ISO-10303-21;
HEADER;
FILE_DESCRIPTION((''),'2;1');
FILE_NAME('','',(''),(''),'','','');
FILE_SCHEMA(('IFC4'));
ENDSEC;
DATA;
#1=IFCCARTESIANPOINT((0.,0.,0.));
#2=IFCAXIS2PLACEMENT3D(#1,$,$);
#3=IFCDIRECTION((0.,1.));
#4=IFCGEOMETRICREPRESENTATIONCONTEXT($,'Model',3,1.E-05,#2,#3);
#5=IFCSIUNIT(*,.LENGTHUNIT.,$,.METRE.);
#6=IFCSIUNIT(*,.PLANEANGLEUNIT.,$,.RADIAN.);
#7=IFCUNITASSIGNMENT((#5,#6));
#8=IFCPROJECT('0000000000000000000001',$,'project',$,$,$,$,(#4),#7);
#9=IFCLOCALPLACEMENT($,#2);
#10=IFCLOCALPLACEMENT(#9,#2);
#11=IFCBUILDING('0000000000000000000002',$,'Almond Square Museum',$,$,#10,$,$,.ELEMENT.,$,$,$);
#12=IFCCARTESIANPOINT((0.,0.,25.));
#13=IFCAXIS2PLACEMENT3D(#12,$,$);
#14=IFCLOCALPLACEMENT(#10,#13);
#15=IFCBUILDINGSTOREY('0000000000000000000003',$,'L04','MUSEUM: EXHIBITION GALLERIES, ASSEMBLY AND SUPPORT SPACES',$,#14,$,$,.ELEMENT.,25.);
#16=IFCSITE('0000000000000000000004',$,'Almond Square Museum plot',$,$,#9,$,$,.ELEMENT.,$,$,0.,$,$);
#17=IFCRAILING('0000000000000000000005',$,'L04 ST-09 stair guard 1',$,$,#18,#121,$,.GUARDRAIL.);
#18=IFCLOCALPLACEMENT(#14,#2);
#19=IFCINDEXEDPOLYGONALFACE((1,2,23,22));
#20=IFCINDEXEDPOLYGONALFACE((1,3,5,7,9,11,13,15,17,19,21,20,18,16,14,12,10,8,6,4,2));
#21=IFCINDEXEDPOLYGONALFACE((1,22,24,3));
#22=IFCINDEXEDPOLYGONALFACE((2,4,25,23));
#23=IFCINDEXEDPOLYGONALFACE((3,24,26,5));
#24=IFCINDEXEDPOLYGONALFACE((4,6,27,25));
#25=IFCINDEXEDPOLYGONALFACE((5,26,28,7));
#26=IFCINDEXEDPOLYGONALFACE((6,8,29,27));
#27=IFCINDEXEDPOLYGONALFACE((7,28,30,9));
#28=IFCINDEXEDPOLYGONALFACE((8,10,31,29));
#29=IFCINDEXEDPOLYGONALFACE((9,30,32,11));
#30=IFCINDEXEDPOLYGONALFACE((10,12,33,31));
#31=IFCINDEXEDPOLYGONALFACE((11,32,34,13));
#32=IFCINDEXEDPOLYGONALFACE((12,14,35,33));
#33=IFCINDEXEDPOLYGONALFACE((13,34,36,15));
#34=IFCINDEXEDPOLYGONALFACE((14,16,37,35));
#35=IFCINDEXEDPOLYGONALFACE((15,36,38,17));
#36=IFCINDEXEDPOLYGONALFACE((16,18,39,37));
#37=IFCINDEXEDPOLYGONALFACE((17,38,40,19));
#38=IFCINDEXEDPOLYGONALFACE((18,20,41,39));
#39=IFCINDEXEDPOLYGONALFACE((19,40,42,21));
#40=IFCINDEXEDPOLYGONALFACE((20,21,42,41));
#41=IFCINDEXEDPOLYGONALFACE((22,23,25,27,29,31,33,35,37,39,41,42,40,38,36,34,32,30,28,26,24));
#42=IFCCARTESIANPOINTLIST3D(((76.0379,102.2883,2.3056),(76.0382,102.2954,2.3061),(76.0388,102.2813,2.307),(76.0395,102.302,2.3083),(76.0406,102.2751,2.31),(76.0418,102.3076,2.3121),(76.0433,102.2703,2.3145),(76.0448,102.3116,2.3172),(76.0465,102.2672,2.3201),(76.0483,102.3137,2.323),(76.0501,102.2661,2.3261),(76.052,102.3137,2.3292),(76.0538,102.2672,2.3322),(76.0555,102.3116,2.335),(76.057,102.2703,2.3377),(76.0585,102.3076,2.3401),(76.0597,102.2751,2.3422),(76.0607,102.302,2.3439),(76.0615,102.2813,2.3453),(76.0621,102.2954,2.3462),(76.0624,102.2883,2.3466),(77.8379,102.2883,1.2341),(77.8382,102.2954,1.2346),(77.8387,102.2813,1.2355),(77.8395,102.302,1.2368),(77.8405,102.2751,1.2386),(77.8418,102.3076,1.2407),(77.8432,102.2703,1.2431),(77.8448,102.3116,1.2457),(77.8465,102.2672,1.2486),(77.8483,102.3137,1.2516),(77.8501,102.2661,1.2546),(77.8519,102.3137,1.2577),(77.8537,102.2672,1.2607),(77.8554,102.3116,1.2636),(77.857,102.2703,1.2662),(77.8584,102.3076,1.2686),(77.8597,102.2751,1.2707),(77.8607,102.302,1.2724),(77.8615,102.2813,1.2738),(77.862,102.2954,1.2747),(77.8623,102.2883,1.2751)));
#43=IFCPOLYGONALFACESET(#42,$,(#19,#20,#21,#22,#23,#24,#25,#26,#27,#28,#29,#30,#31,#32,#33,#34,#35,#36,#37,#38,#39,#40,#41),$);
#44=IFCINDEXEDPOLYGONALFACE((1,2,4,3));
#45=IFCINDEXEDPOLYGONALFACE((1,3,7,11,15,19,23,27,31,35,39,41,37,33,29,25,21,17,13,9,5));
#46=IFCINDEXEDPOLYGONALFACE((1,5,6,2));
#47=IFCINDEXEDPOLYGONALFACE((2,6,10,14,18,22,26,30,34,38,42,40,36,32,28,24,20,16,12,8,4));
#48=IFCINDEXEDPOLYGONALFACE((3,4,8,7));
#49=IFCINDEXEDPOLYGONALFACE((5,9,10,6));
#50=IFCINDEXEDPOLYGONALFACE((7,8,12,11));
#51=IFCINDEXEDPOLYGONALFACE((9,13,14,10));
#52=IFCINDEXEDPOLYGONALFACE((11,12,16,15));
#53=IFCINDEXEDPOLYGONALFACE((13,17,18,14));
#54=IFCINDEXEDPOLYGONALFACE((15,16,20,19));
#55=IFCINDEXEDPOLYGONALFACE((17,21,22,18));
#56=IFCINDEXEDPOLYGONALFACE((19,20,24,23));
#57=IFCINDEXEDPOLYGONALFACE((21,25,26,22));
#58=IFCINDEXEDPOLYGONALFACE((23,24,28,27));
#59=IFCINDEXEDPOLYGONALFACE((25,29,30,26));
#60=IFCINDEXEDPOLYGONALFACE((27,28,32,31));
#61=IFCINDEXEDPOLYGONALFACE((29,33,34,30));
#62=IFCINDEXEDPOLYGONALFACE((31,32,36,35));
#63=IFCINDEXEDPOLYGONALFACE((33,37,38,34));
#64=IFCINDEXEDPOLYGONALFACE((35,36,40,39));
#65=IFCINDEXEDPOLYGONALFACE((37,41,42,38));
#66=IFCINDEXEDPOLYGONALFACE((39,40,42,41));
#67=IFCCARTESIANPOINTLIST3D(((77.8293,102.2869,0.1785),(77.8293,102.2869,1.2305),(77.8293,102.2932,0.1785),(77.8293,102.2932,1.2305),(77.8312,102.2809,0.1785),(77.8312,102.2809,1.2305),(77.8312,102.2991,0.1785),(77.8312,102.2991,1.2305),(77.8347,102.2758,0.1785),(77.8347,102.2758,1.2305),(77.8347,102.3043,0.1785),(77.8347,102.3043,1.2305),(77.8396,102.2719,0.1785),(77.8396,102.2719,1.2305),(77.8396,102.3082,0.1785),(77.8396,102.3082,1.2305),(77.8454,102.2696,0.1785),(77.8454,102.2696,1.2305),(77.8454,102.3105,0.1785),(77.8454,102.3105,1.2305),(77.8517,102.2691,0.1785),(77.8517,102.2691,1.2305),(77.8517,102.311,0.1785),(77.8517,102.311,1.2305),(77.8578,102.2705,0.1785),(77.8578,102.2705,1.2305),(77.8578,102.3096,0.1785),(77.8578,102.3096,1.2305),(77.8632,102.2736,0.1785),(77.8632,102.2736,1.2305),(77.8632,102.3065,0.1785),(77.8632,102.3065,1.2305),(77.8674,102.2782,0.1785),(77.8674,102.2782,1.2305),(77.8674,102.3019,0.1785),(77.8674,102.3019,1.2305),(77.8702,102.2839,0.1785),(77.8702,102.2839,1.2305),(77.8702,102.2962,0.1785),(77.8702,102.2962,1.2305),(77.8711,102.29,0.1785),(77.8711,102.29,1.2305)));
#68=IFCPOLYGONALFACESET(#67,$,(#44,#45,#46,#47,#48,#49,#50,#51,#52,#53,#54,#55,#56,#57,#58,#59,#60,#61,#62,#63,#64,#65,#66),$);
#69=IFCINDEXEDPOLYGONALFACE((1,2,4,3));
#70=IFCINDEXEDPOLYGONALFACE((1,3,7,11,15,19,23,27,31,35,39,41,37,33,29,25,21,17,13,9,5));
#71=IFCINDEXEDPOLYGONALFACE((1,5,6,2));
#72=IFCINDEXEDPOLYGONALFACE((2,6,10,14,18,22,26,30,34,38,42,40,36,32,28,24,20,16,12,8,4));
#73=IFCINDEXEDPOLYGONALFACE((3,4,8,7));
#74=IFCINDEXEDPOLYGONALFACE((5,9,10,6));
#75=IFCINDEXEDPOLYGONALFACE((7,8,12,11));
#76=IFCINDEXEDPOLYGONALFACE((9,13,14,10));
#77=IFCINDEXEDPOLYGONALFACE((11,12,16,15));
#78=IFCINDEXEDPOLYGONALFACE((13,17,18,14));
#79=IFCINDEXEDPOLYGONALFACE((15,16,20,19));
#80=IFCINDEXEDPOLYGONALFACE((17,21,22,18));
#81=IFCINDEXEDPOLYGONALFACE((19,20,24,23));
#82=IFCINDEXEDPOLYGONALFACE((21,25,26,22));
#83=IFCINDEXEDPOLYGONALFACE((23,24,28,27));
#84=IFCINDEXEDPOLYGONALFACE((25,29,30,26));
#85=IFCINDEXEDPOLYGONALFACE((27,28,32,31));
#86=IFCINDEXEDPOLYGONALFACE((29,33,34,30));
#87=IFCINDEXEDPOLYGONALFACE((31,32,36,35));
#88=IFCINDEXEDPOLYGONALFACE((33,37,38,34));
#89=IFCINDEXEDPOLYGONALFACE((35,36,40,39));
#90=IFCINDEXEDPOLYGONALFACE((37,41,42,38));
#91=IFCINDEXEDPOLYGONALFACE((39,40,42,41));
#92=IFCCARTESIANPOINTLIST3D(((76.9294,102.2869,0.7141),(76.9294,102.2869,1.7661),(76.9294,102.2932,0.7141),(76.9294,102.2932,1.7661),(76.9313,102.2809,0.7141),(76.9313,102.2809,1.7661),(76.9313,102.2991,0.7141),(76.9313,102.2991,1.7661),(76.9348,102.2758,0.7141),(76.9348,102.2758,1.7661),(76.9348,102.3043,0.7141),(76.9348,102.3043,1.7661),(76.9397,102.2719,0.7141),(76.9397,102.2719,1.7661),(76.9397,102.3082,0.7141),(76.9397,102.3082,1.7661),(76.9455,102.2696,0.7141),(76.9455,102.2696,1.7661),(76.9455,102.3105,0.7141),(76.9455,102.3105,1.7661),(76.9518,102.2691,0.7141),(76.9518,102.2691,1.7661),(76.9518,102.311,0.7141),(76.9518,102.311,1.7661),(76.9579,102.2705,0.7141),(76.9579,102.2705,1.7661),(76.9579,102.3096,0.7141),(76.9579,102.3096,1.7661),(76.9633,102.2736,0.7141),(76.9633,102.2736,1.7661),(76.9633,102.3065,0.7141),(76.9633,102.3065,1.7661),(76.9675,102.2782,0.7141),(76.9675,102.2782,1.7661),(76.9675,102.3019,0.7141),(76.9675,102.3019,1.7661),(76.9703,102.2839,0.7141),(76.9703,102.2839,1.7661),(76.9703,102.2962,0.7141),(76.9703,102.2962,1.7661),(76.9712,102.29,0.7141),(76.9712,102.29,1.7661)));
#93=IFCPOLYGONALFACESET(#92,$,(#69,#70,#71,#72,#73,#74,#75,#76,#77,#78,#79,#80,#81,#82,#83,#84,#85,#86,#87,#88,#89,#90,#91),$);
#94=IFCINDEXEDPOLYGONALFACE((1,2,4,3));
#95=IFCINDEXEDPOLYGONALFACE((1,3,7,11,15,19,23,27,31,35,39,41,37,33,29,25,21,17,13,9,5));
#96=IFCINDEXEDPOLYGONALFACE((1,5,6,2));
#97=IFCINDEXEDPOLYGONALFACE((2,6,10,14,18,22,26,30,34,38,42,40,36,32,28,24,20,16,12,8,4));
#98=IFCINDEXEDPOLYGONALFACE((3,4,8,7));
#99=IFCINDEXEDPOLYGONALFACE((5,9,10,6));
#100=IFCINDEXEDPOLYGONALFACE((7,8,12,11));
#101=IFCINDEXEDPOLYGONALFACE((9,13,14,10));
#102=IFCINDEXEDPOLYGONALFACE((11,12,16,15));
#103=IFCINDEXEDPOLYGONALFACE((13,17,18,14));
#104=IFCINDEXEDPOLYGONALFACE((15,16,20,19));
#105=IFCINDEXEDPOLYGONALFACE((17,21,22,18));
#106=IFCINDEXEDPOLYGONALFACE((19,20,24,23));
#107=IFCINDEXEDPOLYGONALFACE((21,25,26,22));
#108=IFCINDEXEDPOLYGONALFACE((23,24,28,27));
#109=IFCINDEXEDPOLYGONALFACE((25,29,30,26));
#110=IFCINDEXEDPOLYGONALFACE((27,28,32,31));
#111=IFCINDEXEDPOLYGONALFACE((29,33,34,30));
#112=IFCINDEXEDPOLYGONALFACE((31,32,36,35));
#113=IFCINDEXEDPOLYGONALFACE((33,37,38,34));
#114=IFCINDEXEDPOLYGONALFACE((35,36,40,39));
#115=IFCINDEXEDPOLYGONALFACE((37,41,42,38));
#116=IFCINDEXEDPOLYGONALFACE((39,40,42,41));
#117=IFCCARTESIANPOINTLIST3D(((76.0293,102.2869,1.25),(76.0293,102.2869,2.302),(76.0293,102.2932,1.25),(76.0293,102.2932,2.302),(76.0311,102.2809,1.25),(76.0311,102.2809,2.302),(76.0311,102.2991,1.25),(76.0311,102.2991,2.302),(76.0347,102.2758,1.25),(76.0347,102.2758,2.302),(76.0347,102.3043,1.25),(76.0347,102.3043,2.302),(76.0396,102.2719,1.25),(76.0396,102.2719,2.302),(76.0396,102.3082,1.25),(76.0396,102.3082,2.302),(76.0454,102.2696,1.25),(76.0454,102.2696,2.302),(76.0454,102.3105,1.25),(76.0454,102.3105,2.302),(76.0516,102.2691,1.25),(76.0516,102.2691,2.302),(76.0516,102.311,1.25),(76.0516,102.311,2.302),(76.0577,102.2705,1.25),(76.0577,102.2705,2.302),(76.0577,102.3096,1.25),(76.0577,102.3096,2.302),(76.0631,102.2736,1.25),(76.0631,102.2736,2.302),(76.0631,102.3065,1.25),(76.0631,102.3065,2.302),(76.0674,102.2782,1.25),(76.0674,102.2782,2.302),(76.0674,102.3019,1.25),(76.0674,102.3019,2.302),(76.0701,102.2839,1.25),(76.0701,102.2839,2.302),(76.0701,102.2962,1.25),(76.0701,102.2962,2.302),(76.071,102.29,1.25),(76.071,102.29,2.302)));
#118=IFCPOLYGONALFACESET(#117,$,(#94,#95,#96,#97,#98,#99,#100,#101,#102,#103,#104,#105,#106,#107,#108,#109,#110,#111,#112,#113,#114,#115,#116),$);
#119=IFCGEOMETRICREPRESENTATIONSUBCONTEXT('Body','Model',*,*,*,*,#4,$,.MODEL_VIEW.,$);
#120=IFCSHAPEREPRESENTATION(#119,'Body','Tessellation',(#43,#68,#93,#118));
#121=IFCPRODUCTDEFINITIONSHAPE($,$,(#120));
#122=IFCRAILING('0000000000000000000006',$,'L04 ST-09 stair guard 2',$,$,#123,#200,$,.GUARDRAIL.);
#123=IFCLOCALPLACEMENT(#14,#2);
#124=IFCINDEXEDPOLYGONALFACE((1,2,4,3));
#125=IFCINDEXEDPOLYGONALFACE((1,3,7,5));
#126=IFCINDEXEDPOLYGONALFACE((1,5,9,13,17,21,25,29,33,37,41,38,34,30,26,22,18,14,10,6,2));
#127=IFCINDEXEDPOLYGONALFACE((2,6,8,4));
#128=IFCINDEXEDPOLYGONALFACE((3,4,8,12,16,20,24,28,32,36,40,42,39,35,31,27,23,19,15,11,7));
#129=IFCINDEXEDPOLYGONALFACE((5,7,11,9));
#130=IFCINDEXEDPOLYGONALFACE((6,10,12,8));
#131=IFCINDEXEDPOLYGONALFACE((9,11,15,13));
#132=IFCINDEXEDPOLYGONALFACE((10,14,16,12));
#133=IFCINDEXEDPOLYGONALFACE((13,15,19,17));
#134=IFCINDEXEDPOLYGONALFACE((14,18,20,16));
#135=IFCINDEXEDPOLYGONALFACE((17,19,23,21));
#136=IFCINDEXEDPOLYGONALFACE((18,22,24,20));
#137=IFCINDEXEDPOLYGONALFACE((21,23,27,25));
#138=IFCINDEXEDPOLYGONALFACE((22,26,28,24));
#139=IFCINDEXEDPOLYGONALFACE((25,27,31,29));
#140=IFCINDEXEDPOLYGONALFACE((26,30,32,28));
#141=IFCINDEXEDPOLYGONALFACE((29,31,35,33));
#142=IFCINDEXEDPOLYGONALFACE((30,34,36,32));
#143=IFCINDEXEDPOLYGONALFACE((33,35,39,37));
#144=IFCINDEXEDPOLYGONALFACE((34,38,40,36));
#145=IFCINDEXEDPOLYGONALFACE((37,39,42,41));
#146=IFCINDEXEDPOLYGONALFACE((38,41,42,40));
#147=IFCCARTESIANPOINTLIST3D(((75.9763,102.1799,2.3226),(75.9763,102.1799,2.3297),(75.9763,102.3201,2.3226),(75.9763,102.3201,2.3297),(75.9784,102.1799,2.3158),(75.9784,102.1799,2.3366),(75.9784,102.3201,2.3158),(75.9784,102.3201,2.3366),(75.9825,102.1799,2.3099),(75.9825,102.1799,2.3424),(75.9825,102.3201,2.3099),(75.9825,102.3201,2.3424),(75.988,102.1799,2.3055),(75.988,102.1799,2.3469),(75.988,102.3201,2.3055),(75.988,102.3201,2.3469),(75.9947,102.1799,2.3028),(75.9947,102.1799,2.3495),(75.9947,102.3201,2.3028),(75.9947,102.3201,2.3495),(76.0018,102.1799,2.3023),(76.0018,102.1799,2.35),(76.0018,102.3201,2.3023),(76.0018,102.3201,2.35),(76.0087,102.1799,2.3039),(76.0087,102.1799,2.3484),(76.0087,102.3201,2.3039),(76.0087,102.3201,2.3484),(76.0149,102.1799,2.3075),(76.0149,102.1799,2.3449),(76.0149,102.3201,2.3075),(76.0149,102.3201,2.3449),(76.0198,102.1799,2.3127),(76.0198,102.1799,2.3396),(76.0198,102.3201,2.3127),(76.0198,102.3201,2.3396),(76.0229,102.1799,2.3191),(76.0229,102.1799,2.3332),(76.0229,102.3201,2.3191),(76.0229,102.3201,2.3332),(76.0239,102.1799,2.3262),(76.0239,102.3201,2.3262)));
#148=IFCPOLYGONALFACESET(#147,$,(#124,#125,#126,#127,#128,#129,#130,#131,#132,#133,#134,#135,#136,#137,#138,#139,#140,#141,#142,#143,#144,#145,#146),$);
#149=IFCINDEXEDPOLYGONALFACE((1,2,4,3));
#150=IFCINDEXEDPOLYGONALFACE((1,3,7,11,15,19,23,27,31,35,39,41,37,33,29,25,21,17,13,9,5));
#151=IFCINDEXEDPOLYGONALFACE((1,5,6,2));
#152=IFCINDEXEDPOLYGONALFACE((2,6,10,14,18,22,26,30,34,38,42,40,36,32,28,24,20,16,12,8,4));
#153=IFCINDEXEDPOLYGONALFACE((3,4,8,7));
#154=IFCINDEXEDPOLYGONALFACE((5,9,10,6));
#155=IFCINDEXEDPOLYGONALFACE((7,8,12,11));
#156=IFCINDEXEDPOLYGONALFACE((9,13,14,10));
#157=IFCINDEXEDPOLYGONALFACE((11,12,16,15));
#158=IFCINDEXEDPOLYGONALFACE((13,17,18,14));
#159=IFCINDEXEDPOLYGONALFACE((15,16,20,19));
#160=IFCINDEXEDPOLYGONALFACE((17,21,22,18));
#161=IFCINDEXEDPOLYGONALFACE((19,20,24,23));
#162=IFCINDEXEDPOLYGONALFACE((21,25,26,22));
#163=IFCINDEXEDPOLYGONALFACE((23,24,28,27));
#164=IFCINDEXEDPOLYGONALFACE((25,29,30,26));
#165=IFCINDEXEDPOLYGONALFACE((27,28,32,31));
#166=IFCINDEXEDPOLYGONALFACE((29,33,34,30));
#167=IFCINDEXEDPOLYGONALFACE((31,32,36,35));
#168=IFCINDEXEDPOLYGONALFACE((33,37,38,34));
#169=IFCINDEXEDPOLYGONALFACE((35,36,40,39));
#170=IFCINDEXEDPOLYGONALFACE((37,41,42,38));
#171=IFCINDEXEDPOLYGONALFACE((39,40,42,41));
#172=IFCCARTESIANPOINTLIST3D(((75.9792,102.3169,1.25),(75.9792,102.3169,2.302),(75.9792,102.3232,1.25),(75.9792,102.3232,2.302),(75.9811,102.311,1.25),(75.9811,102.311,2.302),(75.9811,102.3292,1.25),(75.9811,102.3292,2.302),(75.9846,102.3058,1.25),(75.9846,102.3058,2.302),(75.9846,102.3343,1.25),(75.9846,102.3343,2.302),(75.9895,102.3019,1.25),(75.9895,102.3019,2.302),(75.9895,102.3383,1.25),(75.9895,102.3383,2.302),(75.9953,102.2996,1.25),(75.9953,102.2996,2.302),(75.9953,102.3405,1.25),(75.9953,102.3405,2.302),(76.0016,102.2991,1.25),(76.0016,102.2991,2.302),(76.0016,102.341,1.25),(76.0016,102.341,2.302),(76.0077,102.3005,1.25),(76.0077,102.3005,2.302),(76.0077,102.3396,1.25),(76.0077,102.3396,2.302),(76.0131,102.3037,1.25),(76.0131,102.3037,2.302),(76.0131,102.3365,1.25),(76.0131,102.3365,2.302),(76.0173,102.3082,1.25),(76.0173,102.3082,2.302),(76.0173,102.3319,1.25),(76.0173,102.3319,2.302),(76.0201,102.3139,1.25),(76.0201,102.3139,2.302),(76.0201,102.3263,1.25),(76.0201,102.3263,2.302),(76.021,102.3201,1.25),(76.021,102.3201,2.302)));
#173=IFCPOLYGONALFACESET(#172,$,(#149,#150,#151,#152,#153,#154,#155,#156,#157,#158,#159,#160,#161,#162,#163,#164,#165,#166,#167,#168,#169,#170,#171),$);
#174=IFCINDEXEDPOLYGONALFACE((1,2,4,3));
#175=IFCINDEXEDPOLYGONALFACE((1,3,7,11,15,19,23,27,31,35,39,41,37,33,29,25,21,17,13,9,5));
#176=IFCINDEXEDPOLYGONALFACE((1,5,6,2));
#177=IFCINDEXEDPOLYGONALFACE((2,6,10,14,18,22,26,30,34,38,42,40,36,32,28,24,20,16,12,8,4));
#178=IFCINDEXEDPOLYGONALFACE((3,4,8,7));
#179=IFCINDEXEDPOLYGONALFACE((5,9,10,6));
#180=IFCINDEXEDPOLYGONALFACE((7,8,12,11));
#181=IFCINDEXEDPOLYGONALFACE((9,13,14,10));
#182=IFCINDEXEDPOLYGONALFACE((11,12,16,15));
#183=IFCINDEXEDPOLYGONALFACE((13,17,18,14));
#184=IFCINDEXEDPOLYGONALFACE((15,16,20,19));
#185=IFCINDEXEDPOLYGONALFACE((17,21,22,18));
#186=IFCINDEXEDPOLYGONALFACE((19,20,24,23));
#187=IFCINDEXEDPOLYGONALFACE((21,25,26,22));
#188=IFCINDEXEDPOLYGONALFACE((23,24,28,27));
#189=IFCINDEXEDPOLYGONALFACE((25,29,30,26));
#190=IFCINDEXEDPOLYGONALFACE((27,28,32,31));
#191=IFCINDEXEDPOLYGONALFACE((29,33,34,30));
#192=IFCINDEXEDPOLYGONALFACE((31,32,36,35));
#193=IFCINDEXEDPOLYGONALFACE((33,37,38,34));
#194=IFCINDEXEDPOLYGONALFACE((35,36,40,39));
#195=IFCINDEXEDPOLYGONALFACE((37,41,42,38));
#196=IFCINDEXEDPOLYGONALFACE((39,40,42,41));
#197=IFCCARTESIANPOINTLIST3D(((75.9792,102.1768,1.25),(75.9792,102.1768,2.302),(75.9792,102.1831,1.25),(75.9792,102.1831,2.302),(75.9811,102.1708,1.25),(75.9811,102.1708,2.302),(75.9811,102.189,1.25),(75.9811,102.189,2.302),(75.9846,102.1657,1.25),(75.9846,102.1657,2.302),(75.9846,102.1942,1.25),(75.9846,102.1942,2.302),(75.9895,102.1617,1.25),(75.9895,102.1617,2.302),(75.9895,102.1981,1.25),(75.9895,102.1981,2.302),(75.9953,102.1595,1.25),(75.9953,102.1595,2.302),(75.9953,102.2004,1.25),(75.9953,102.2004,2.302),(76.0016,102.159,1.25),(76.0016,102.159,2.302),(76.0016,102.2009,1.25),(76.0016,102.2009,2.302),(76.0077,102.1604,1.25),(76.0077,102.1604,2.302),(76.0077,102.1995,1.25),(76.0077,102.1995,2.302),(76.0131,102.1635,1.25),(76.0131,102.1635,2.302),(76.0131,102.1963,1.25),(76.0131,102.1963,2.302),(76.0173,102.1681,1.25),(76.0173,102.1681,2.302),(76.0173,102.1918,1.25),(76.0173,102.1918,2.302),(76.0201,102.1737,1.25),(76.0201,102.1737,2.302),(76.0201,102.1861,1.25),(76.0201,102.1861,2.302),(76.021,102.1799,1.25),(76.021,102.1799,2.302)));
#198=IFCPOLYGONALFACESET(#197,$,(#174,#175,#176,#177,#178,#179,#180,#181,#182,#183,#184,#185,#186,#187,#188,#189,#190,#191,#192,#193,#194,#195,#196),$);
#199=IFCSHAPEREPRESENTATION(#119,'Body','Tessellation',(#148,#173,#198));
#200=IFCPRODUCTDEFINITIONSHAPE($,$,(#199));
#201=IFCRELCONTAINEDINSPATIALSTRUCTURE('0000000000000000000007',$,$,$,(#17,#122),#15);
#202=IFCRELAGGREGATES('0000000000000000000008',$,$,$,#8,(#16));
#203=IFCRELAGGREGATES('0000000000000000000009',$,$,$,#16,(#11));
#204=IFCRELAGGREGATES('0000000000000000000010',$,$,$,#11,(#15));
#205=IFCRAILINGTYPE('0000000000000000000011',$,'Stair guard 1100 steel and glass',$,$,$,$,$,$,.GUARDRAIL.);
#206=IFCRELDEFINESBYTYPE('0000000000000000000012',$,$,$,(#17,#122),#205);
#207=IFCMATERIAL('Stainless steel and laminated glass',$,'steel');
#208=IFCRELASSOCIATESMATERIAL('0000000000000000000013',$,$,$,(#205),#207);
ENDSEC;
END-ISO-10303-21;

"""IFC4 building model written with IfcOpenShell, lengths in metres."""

from ifc_helpers import new_model, si_unit, direction, frame, origin, origin_2d, place, context, subcontext, project, spatial, circle, extrude, material, type_object, element, save


model = new_model("IFC4")

# Units and contexts
model_context = context("Model", 3, precision=1e-05, world=origin(), true_north=direction((0.0, 1.0)))
body_context = subcontext(model_context, "Body", "Model", "MODEL_VIEW")
ifc_project = project(units=[si_unit("LENGTHUNIT", "METRE"), si_unit("PLANEANGLEUNIT", "RADIAN")], contexts=[model_context])

# Site, building, storey
site_placement = place(None, origin())
site = spatial("IfcSite", under=ifc_project, at=site_placement, Name="Almond Square Museum plot", CompositionType="ELEMENT", RefElevation=0.0)
building_placement = place(site_placement, origin())
building = spatial("IfcBuilding", under=site, at=building_placement, Name="Almond Square Museum", CompositionType="ELEMENT")
storey_placement = place(building_placement, frame((0.0, 0.0, 25.0)))
storey = spatial("IfcBuildingStorey", under=building, at=storey_placement, Name="L04", Description="MUSEUM: EXHIBITION GALLERIES, ASSEMBLY AND SUPPORT SPACES", CompositionType="ELEMENT", Elevation=25.0)

# Railings
ifc_material_1 = material(Name="Stainless steel and laminated glass", Category="steel")
railing_type_1 = type_object("IfcRailingType", Name="Stair guard 1100 steel and glass", PredefinedType="GUARDRAIL", material=ifc_material_1)
railing_1_placement = place(storey_placement, frame((77.8501, 102.29, 0.1785)))
element("IfcRailing", 1, at=railing_1_placement, inside=storey, type_object=railing_type_1, Name="L04 ST-09 stair guard 1", PredefinedType="GUARDRAIL", context=body_context, shape_type="SweptSolid", body=[
    extrude(circle(Radius=0.0239, at=origin_2d()), frame((0.0, 0.0, 1.0762), z_axis=(-0.859277, 0.0, 0.51151), x_axis=(0.0, -1.0, 0.0)), (0.0, 0.0, 1.0), 2.0947),
    extrude(circle(Radius=0.021, at=origin_2d()), origin(), (0.0, 0.0, 1.0), 1.052),
    extrude(circle(Radius=0.021, at=origin_2d()), frame((-0.8999, 0.0, 0.5356)), (0.0, 0.0, 1.0), 1.052),
    extrude(circle(Radius=0.021, at=origin_2d()), frame((-1.8, 0.0, 1.0715)), (0.0, 0.0, 1.0), 1.052),
])
for number, where, name in (
    (2, (76.0, 102.3201, 1.25), "L04 ST-09 stair guard 2"),
):
    element("IfcRailing", number, at=place(storey_placement, frame(where)), inside=storey, type_object=railing_type_1, Name=name, PredefinedType="GUARDRAIL", context=body_context, shape_type="SweptSolid", body=[
        extrude(circle(Radius=0.0239, at=origin_2d()), frame((0.0, 0.0, 1.0762), z_axis=(0.0, -1.0, 0.0), x_axis=(1.0, 0.0, 0.0)), (0.0, 0.0, 1.0), 0.1401),
        extrude(circle(Radius=0.021, at=origin_2d()), origin(), (0.0, 0.0, 1.0), 1.052),
        extrude(circle(Radius=0.021, at=origin_2d()), frame((0.0, -0.1401, 0.0)), (0.0, 0.0, 1.0), 1.052),
    ])

save(model, "model.ifc")
